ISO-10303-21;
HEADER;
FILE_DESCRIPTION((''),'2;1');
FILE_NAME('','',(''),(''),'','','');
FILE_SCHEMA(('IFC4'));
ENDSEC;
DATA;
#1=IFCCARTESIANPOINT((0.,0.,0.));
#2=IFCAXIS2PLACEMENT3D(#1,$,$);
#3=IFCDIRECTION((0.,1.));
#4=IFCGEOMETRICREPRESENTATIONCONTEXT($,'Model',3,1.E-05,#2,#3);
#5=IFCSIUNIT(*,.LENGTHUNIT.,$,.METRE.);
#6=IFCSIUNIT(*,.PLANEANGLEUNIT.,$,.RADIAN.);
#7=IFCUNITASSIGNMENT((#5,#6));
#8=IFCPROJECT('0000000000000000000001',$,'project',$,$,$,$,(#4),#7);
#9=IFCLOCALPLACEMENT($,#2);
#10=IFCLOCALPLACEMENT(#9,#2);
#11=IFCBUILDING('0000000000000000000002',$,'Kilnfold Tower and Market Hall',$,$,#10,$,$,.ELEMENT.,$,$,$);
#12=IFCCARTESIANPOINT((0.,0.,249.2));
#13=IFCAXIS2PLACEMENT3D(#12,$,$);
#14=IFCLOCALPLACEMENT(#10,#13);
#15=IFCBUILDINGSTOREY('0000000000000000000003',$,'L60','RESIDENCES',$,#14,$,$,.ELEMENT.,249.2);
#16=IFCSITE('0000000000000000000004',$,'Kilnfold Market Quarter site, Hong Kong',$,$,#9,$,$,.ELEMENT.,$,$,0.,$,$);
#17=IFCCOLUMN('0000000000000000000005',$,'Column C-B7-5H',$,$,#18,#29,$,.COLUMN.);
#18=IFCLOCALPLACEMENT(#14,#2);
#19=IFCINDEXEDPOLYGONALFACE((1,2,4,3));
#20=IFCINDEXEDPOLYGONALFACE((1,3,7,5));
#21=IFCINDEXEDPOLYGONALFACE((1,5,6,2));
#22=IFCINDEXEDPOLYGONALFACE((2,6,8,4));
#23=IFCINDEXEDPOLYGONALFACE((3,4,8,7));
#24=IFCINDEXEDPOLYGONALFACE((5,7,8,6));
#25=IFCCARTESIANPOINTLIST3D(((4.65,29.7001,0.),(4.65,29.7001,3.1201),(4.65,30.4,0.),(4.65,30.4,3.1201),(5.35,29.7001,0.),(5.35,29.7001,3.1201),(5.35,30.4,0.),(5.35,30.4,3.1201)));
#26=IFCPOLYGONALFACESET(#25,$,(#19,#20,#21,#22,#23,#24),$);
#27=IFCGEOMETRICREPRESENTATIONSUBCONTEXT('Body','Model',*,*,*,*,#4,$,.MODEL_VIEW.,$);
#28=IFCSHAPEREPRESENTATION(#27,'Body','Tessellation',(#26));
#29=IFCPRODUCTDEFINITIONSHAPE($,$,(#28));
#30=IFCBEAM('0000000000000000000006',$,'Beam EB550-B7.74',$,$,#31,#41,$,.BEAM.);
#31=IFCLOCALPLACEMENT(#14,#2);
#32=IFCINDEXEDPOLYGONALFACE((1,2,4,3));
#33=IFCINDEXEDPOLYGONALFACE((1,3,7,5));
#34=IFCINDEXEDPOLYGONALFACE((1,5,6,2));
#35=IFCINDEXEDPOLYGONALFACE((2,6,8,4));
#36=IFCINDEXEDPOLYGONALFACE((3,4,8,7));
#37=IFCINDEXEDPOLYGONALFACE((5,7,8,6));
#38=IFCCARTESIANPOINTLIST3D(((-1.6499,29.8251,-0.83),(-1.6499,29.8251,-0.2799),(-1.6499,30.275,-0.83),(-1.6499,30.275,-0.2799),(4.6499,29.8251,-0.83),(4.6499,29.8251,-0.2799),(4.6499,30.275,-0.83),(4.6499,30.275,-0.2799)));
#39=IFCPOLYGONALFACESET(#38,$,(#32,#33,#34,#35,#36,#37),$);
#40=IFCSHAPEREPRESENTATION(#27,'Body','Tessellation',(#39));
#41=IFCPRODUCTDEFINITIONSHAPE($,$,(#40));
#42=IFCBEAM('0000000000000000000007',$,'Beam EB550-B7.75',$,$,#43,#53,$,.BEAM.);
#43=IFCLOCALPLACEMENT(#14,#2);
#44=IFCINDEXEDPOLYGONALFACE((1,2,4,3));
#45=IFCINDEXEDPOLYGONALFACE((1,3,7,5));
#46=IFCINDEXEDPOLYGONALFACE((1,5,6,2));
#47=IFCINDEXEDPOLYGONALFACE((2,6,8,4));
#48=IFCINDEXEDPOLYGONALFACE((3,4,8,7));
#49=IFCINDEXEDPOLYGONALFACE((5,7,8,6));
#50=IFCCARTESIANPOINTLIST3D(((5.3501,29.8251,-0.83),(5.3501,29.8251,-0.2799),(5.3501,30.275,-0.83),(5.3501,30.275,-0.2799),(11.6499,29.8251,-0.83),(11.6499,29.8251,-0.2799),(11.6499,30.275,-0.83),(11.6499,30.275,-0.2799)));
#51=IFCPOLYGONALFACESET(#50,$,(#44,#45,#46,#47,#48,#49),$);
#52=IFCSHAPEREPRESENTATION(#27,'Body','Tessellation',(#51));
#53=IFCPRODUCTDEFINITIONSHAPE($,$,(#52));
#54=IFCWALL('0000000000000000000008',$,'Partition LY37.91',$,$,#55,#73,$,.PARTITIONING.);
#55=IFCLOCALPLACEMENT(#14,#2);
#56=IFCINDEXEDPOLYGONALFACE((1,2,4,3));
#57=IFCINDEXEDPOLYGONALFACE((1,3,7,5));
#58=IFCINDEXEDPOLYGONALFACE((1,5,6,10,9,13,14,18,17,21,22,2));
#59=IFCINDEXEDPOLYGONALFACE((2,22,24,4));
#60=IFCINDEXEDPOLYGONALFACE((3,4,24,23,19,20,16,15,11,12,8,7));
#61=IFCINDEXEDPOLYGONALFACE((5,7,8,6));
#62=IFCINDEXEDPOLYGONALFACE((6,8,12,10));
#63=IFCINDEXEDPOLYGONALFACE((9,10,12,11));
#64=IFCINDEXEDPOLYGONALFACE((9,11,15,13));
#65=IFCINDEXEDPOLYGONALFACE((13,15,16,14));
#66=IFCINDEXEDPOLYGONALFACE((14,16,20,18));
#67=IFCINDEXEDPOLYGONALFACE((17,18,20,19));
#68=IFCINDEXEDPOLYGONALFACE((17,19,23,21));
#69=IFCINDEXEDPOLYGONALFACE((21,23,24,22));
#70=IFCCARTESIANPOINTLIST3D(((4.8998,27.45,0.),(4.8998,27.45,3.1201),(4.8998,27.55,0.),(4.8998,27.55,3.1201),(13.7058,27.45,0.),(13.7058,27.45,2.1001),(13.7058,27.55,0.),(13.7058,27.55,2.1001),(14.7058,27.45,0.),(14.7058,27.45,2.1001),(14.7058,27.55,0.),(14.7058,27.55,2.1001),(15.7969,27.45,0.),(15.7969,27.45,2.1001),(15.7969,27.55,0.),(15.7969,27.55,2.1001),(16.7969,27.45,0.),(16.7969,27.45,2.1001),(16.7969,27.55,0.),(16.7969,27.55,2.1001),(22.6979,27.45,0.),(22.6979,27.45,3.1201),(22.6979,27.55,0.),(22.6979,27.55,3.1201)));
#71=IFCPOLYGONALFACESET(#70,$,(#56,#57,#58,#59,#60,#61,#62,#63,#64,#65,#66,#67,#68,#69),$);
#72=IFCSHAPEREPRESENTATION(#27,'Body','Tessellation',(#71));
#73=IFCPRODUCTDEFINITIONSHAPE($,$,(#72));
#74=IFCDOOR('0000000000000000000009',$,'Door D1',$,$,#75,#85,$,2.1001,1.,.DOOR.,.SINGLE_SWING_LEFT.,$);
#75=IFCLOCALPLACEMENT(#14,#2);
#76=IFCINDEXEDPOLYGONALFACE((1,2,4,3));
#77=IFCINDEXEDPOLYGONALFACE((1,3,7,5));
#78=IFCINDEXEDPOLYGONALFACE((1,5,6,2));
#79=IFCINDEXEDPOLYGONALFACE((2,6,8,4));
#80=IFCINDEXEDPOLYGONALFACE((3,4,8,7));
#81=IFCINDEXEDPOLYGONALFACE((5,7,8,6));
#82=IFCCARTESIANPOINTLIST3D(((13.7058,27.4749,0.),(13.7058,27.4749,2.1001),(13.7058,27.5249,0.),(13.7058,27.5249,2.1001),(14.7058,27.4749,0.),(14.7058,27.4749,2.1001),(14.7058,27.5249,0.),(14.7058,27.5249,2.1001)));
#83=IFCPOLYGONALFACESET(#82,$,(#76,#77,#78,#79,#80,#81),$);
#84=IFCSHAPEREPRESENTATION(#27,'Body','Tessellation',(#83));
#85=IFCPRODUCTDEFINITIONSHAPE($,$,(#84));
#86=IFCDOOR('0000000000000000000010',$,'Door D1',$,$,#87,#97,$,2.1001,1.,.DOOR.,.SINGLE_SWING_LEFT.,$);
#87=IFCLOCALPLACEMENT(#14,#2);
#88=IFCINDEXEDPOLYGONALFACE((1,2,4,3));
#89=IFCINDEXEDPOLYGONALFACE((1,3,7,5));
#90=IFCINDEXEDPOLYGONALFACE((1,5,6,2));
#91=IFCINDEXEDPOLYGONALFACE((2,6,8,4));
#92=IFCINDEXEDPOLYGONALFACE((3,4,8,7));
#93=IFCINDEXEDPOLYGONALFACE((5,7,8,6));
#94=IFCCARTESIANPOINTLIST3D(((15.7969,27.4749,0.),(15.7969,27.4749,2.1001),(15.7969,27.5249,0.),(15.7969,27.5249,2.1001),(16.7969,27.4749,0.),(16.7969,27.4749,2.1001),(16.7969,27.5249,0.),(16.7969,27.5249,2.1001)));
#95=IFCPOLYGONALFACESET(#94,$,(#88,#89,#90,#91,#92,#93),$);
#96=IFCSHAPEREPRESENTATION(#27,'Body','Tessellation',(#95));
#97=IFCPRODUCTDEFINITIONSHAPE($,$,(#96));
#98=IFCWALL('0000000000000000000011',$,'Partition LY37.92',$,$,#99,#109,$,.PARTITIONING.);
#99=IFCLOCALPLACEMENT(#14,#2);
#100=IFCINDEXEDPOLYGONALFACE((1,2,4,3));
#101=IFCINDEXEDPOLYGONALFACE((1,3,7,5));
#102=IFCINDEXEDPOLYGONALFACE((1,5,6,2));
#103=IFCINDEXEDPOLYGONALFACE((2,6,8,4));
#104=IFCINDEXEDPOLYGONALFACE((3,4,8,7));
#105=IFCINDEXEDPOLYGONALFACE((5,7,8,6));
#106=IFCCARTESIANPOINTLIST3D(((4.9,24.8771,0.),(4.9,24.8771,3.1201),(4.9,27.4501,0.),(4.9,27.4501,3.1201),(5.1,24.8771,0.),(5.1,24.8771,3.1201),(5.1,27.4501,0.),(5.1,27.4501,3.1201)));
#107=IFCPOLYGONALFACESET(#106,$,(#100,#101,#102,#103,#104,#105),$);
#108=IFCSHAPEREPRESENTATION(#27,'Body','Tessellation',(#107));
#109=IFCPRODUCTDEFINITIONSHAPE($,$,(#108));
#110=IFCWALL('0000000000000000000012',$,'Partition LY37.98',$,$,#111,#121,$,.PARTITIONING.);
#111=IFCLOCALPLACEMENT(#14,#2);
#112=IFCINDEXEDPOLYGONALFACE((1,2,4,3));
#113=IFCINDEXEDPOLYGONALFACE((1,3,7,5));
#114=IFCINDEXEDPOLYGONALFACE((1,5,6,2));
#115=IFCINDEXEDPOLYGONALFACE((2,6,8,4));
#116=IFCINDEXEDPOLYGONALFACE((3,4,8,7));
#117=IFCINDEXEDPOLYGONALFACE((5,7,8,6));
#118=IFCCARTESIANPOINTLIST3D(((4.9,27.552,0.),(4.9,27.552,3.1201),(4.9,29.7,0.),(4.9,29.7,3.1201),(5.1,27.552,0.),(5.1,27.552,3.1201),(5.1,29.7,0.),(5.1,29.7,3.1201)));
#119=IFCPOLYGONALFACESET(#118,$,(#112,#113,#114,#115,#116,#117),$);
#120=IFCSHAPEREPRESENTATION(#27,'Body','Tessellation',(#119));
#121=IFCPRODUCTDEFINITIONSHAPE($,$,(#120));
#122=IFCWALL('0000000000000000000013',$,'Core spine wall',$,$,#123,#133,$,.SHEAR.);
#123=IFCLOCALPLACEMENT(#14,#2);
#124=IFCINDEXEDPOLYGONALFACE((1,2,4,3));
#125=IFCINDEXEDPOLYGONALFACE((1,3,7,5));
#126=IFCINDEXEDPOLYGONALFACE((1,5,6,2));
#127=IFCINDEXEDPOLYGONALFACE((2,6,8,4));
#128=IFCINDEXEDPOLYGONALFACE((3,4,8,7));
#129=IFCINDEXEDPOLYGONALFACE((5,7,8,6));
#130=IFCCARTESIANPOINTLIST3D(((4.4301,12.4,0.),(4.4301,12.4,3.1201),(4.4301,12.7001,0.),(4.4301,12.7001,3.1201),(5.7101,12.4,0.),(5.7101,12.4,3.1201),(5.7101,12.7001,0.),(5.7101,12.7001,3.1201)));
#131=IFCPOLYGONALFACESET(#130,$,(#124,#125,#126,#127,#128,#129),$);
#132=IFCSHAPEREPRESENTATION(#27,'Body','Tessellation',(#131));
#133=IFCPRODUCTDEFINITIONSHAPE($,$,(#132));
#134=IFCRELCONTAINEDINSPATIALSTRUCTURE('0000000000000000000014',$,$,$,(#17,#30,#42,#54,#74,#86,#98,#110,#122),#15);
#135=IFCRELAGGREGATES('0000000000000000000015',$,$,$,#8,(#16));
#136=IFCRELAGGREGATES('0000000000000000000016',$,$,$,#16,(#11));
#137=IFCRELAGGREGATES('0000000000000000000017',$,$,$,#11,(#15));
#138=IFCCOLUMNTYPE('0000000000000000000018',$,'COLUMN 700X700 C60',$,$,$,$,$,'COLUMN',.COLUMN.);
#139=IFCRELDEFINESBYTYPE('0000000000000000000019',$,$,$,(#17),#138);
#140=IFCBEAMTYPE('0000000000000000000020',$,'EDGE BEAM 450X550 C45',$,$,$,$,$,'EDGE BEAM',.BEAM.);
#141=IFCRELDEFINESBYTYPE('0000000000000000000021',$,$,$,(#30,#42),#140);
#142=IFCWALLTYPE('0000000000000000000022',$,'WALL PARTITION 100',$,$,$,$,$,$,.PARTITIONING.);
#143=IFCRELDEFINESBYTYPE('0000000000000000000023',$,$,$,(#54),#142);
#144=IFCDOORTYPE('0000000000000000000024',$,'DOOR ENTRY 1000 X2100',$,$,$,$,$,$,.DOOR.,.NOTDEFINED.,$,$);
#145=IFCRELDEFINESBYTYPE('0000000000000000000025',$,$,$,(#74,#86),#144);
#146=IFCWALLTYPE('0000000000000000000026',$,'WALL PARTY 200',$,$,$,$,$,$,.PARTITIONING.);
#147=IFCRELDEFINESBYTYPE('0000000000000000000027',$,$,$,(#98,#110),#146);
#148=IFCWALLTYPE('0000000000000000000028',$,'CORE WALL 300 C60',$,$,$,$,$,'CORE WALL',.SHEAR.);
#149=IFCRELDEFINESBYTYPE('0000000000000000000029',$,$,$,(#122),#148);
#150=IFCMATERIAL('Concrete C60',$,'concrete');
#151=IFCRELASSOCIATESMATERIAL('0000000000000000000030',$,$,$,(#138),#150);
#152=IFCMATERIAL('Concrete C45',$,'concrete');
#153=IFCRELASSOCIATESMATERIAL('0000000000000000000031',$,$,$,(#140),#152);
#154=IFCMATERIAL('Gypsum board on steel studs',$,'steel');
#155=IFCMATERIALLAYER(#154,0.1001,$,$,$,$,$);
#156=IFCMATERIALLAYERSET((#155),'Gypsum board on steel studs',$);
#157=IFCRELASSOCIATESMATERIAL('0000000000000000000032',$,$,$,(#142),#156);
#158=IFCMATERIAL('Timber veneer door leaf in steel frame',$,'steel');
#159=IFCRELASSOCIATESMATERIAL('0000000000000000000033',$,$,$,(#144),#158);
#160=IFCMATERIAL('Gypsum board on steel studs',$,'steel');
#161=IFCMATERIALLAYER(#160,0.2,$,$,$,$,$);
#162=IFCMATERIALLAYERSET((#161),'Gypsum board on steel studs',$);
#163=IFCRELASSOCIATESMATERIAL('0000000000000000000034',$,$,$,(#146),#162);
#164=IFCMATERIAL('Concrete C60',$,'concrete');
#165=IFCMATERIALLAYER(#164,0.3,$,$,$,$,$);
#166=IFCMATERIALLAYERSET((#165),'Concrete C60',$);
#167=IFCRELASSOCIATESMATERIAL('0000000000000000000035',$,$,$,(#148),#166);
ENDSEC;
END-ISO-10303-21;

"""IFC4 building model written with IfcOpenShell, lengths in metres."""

from ifc_helpers import new_model, si_unit, direction, frame, frame_2d, origin, origin_2d, place, context, subcontext, project, spatial, rectangle, extrude, source, transform, mapped, material, layer, layer_set, material_profile, profile_set, type_object, element, fill, save


model = new_model("IFC4")

# Units and contexts
model_context = context("Model", 3, precision=1e-05, world=origin(), true_north=direction((0.0, 1.0)))
body_context = subcontext(model_context, "Body", "Model", "MODEL_VIEW")
ifc_project = project(units=[si_unit("LENGTHUNIT", "METRE"), si_unit("PLANEANGLEUNIT", "RADIAN")], contexts=[model_context])

# Site, building, storey
site_placement = place(None, origin())
site = spatial("IfcSite", under=ifc_project, at=site_placement, Name="Kilnfold Market Quarter site, Hong Kong", CompositionType="ELEMENT", RefElevation=0.0)
building_placement = place(site_placement, origin())
building = spatial("IfcBuilding", under=site, at=building_placement, Name="Kilnfold Tower and Market Hall", CompositionType="ELEMENT")
storey_placement = place(building_placement, frame((0.0, 0.0, 249.2)))
storey = spatial("IfcBuildingStorey", under=building, at=storey_placement, Name="L60", Description="RESIDENCES", CompositionType="ELEMENT", Elevation=249.2)

# Column
ifc_material_1 = material(Name="Concrete C60", Category="concrete")
ifc_material_profile_1 = material_profile(ifc_material_1, rectangle(XDim=0.7, YDim=0.7, at=origin_2d()), Name="RC 700x700")
ifc_profile_set_1 = profile_set([ifc_material_profile_1], Name="Concrete C60")
column_type = type_object("IfcColumnType", Name="COLUMN 700X700 C60", ElementType="COLUMN", PredefinedType="COLUMN", material=ifc_profile_set_1)
shared_shape_1 = source(origin(), body_context, "Body", "SweptSolid", [
    extrude(rectangle(XDim=0.7, YDim=0.7, at=origin_2d()), origin(), (0.0, 0.0, 1.0), 3.1201),
])
column_placement = place(storey_placement, frame((5.0, 30.05, 0.0), z_axis=(0.0, 0.0, 1.0), x_axis=(1.0, 0.0, 0.0)))
element("IfcColumn", 1, at=column_placement, inside=storey, type_object=column_type, Name="Column C-B7-5H", PredefinedType="COLUMN", context=body_context, shape_type="MappedRepresentation", body=[
    mapped(shared_shape_1, transform((0.0, 0.0, 0.0))),
])

# Beams
ifc_material_2 = material(Name="Concrete C45", Category="concrete")
ifc_material_profile_2 = material_profile(ifc_material_2, rectangle(XDim=0.45, YDim=0.55, at=origin_2d()), Name="RC 450x550")
ifc_profile_set_2 = profile_set([ifc_material_profile_2], Name="Concrete C45")
beam_type = type_object("IfcBeamType", Name="EDGE BEAM 450X550 C45", ElementType="EDGE BEAM", PredefinedType="BEAM", material=ifc_profile_set_2)
shared_shape_2 = source(origin(), body_context, "Body", "SweptSolid", [
    extrude(rectangle(XDim=0.45, YDim=0.55, at=origin_2d()), origin(), (0.0, 0.0, 1.0), 6.2998),
])
for number, where, z_axis, x_axis, name in (
    (2, (-1.6499, 30.05, -0.5549), (1.0, 0.0, 0.0), (0.0, 1.0, 0.0), "Beam EB550-B7.74"),
    (3, (5.3501, 30.05, -0.5549), (1.0, 0.0, 0.0), (0.0, 1.0, 0.0), "Beam EB550-B7.75"),
):
    element("IfcBeam", number, at=place(storey_placement, frame(where, z_axis=z_axis, x_axis=x_axis)), inside=storey, type_object=beam_type, Name=name, PredefinedType="BEAM", context=body_context, shape_type="MappedRepresentation", body=[
        mapped(shared_shape_2, transform((0.0, 0.0, 0.0))),
    ])

# Wall, openings, doors
ifc_material_3 = material(Name="Gypsum board on steel studs", Category="steel")
ifc_layer_1 = layer(ifc_material_3, 0.1001)
ifc_layer_set_1 = layer_set([ifc_layer_1], Name="Gypsum board on steel studs")
wall_type_1 = type_object("IfcWallType", Name="WALL PARTITION 100", PredefinedType="PARTITIONING", material=ifc_layer_set_1)
wall_1_placement = place(storey_placement, frame((4.8999, 27.5, 0.0), z_axis=(0.0, 0.0, 1.0), x_axis=(1.0, 0.0, 0.0)))
wall_1 = element("IfcWall", 4, at=wall_1_placement, inside=storey, type_object=wall_type_1, Name="Partition LY37.91", PredefinedType="PARTITIONING", context=body_context, shape_type="SweptSolid", body=[
    extrude(rectangle(XDim=17.7981, YDim=0.1001, at=frame_2d((8.8989, 0.0))), origin(), (0.0, 0.0, 1.0), 3.1201),
])
opening_1_placement = place(wall_1_placement, frame((8.8059, 0.0, 0.0)))
opening_1 = element("IfcOpeningElement", 5, at=opening_1_placement, cuts=wall_1, PredefinedType="OPENING", context=body_context, shape_type="SweptSolid", body=[
    extrude(rectangle(XDim=1.0, YDim=2.1001, at=frame_2d((0.5, 1.05))), frame((0.0, 0.0601, 0.0), z_axis=(0.0, -1.0, 0.0), x_axis=(1.0, 0.0, 0.0)), (0.0, 0.0, 1.0), 0.1201),
])
opening_2_placement = place(wall_1_placement, frame((10.897, 0.0, 0.0)))
opening_2 = element("IfcOpeningElement", 6, at=opening_2_placement, cuts=wall_1, PredefinedType="OPENING", context=body_context, shape_type="SweptSolid", body=[
    extrude(rectangle(XDim=1.0, YDim=2.1001, at=frame_2d((0.5, 1.05))), frame((0.0, 0.0601, 0.0), z_axis=(0.0, -1.0, 0.0), x_axis=(1.0, 0.0, 0.0)), (0.0, 0.0, 1.0), 0.1201),
])
ifc_material_4 = material(Name="Timber veneer door leaf in steel frame", Category="steel")
door_type_1 = type_object("IfcDoorType", Name="DOOR ENTRY 1000 X2100", OperationType="NOTDEFINED", PredefinedType="DOOR", material=ifc_material_4)
door_1_placement = place(opening_1_placement, origin())
door_1 = element("IfcDoor", 7, at=door_1_placement, inside=storey, type_object=door_type_1, Name="Door D1", OperationType="SINGLE_SWING_LEFT", OverallHeight=2.1001, OverallWidth=1.0, PredefinedType="DOOR", context=body_context, shape_type="SweptSolid", body=[
    extrude(rectangle(XDim=1.0, YDim=2.1001, at=frame_2d((0.5, 1.05))), frame((0.0, 0.0249, 0.0), z_axis=(0.0, -1.0, 0.0), x_axis=(1.0, 0.0, 0.0)), (0.0, 0.0, 1.0), 0.05),
])
fill(opening_1, door_1)
door_2_placement = place(opening_2_placement, origin())
door_2 = element("IfcDoor", 8, at=door_2_placement, inside=storey, type_object=door_type_1, Name="Door D1", OperationType="SINGLE_SWING_LEFT", OverallHeight=2.1001, OverallWidth=1.0, PredefinedType="DOOR", context=body_context, shape_type="SweptSolid", body=[
    extrude(rectangle(XDim=1.0, YDim=2.1001, at=frame_2d((0.5, 1.05))), frame((0.0, 0.0249, 0.0), z_axis=(0.0, -1.0, 0.0), x_axis=(1.0, 0.0, 0.0)), (0.0, 0.0, 1.0), 0.05),
])
fill(opening_2, door_2)

# Walls
ifc_material_5 = material(Name="Gypsum board on steel studs", Category="steel")
ifc_layer_2 = layer(ifc_material_5, 0.2)
ifc_layer_set_2 = layer_set([ifc_layer_2], Name="Gypsum board on steel studs")
wall_type_2 = type_object("IfcWallType", Name="WALL PARTY 200", PredefinedType="PARTITIONING", material=ifc_layer_set_2)
wall_2_placement = place(storey_placement, frame((5.0, 24.877, 0.0), z_axis=(0.0, 0.0, 1.0), x_axis=(0.0, 1.0, 0.0)))
element("IfcWall", 9, at=wall_2_placement, inside=storey, type_object=wall_type_2, Name="Partition LY37.92", PredefinedType="PARTITIONING", context=body_context, shape_type="SweptSolid", body=[
    extrude(rectangle(XDim=2.573, YDim=0.2, at=frame_2d((1.2866, 0.0))), origin(), (0.0, 0.0, 1.0), 3.1201),
])
wall_3_placement = place(storey_placement, frame((5.0, 27.552, 0.0), z_axis=(0.0, 0.0, 1.0), x_axis=(0.0, 1.0, 0.0)))
element("IfcWall", 10, at=wall_3_placement, inside=storey, type_object=wall_type_2, Name="Partition LY37.98", PredefinedType="PARTITIONING", context=body_context, shape_type="SweptSolid", body=[
    extrude(rectangle(XDim=2.1479, YDim=0.2, at=frame_2d((1.074, 0.0))), origin(), (0.0, 0.0, 1.0), 3.1201),
])
ifc_material_6 = material(Name="Concrete C60", Category="concrete")
ifc_layer_3 = layer(ifc_material_6, 0.3)
ifc_layer_set_3 = layer_set([ifc_layer_3], Name="Concrete C60")
wall_type_3 = type_object("IfcWallType", Name="CORE WALL 300 C60", ElementType="CORE WALL", PredefinedType="SHEAR", material=ifc_layer_set_3)
shared_shape_3 = source(origin(), body_context, "Body", "SweptSolid", [
    extrude(rectangle(XDim=1.28, YDim=0.3, at=frame_2d((0.6401, 0.0))), origin(), (0.0, 0.0, 1.0), 3.1201),
])
wall_4_placement = place(storey_placement, frame((4.4299, 12.55, 0.0), z_axis=(0.0, 0.0, 1.0), x_axis=(1.0, 0.0, 0.0)))
element("IfcWall", 11, at=wall_4_placement, inside=storey, type_object=wall_type_3, Name="Core spine wall", PredefinedType="SHEAR", context=body_context, shape_type="MappedRepresentation", body=[
    mapped(shared_shape_3, transform((0.0, 0.0, 0.0))),
])

save(model, "model.ifc")
